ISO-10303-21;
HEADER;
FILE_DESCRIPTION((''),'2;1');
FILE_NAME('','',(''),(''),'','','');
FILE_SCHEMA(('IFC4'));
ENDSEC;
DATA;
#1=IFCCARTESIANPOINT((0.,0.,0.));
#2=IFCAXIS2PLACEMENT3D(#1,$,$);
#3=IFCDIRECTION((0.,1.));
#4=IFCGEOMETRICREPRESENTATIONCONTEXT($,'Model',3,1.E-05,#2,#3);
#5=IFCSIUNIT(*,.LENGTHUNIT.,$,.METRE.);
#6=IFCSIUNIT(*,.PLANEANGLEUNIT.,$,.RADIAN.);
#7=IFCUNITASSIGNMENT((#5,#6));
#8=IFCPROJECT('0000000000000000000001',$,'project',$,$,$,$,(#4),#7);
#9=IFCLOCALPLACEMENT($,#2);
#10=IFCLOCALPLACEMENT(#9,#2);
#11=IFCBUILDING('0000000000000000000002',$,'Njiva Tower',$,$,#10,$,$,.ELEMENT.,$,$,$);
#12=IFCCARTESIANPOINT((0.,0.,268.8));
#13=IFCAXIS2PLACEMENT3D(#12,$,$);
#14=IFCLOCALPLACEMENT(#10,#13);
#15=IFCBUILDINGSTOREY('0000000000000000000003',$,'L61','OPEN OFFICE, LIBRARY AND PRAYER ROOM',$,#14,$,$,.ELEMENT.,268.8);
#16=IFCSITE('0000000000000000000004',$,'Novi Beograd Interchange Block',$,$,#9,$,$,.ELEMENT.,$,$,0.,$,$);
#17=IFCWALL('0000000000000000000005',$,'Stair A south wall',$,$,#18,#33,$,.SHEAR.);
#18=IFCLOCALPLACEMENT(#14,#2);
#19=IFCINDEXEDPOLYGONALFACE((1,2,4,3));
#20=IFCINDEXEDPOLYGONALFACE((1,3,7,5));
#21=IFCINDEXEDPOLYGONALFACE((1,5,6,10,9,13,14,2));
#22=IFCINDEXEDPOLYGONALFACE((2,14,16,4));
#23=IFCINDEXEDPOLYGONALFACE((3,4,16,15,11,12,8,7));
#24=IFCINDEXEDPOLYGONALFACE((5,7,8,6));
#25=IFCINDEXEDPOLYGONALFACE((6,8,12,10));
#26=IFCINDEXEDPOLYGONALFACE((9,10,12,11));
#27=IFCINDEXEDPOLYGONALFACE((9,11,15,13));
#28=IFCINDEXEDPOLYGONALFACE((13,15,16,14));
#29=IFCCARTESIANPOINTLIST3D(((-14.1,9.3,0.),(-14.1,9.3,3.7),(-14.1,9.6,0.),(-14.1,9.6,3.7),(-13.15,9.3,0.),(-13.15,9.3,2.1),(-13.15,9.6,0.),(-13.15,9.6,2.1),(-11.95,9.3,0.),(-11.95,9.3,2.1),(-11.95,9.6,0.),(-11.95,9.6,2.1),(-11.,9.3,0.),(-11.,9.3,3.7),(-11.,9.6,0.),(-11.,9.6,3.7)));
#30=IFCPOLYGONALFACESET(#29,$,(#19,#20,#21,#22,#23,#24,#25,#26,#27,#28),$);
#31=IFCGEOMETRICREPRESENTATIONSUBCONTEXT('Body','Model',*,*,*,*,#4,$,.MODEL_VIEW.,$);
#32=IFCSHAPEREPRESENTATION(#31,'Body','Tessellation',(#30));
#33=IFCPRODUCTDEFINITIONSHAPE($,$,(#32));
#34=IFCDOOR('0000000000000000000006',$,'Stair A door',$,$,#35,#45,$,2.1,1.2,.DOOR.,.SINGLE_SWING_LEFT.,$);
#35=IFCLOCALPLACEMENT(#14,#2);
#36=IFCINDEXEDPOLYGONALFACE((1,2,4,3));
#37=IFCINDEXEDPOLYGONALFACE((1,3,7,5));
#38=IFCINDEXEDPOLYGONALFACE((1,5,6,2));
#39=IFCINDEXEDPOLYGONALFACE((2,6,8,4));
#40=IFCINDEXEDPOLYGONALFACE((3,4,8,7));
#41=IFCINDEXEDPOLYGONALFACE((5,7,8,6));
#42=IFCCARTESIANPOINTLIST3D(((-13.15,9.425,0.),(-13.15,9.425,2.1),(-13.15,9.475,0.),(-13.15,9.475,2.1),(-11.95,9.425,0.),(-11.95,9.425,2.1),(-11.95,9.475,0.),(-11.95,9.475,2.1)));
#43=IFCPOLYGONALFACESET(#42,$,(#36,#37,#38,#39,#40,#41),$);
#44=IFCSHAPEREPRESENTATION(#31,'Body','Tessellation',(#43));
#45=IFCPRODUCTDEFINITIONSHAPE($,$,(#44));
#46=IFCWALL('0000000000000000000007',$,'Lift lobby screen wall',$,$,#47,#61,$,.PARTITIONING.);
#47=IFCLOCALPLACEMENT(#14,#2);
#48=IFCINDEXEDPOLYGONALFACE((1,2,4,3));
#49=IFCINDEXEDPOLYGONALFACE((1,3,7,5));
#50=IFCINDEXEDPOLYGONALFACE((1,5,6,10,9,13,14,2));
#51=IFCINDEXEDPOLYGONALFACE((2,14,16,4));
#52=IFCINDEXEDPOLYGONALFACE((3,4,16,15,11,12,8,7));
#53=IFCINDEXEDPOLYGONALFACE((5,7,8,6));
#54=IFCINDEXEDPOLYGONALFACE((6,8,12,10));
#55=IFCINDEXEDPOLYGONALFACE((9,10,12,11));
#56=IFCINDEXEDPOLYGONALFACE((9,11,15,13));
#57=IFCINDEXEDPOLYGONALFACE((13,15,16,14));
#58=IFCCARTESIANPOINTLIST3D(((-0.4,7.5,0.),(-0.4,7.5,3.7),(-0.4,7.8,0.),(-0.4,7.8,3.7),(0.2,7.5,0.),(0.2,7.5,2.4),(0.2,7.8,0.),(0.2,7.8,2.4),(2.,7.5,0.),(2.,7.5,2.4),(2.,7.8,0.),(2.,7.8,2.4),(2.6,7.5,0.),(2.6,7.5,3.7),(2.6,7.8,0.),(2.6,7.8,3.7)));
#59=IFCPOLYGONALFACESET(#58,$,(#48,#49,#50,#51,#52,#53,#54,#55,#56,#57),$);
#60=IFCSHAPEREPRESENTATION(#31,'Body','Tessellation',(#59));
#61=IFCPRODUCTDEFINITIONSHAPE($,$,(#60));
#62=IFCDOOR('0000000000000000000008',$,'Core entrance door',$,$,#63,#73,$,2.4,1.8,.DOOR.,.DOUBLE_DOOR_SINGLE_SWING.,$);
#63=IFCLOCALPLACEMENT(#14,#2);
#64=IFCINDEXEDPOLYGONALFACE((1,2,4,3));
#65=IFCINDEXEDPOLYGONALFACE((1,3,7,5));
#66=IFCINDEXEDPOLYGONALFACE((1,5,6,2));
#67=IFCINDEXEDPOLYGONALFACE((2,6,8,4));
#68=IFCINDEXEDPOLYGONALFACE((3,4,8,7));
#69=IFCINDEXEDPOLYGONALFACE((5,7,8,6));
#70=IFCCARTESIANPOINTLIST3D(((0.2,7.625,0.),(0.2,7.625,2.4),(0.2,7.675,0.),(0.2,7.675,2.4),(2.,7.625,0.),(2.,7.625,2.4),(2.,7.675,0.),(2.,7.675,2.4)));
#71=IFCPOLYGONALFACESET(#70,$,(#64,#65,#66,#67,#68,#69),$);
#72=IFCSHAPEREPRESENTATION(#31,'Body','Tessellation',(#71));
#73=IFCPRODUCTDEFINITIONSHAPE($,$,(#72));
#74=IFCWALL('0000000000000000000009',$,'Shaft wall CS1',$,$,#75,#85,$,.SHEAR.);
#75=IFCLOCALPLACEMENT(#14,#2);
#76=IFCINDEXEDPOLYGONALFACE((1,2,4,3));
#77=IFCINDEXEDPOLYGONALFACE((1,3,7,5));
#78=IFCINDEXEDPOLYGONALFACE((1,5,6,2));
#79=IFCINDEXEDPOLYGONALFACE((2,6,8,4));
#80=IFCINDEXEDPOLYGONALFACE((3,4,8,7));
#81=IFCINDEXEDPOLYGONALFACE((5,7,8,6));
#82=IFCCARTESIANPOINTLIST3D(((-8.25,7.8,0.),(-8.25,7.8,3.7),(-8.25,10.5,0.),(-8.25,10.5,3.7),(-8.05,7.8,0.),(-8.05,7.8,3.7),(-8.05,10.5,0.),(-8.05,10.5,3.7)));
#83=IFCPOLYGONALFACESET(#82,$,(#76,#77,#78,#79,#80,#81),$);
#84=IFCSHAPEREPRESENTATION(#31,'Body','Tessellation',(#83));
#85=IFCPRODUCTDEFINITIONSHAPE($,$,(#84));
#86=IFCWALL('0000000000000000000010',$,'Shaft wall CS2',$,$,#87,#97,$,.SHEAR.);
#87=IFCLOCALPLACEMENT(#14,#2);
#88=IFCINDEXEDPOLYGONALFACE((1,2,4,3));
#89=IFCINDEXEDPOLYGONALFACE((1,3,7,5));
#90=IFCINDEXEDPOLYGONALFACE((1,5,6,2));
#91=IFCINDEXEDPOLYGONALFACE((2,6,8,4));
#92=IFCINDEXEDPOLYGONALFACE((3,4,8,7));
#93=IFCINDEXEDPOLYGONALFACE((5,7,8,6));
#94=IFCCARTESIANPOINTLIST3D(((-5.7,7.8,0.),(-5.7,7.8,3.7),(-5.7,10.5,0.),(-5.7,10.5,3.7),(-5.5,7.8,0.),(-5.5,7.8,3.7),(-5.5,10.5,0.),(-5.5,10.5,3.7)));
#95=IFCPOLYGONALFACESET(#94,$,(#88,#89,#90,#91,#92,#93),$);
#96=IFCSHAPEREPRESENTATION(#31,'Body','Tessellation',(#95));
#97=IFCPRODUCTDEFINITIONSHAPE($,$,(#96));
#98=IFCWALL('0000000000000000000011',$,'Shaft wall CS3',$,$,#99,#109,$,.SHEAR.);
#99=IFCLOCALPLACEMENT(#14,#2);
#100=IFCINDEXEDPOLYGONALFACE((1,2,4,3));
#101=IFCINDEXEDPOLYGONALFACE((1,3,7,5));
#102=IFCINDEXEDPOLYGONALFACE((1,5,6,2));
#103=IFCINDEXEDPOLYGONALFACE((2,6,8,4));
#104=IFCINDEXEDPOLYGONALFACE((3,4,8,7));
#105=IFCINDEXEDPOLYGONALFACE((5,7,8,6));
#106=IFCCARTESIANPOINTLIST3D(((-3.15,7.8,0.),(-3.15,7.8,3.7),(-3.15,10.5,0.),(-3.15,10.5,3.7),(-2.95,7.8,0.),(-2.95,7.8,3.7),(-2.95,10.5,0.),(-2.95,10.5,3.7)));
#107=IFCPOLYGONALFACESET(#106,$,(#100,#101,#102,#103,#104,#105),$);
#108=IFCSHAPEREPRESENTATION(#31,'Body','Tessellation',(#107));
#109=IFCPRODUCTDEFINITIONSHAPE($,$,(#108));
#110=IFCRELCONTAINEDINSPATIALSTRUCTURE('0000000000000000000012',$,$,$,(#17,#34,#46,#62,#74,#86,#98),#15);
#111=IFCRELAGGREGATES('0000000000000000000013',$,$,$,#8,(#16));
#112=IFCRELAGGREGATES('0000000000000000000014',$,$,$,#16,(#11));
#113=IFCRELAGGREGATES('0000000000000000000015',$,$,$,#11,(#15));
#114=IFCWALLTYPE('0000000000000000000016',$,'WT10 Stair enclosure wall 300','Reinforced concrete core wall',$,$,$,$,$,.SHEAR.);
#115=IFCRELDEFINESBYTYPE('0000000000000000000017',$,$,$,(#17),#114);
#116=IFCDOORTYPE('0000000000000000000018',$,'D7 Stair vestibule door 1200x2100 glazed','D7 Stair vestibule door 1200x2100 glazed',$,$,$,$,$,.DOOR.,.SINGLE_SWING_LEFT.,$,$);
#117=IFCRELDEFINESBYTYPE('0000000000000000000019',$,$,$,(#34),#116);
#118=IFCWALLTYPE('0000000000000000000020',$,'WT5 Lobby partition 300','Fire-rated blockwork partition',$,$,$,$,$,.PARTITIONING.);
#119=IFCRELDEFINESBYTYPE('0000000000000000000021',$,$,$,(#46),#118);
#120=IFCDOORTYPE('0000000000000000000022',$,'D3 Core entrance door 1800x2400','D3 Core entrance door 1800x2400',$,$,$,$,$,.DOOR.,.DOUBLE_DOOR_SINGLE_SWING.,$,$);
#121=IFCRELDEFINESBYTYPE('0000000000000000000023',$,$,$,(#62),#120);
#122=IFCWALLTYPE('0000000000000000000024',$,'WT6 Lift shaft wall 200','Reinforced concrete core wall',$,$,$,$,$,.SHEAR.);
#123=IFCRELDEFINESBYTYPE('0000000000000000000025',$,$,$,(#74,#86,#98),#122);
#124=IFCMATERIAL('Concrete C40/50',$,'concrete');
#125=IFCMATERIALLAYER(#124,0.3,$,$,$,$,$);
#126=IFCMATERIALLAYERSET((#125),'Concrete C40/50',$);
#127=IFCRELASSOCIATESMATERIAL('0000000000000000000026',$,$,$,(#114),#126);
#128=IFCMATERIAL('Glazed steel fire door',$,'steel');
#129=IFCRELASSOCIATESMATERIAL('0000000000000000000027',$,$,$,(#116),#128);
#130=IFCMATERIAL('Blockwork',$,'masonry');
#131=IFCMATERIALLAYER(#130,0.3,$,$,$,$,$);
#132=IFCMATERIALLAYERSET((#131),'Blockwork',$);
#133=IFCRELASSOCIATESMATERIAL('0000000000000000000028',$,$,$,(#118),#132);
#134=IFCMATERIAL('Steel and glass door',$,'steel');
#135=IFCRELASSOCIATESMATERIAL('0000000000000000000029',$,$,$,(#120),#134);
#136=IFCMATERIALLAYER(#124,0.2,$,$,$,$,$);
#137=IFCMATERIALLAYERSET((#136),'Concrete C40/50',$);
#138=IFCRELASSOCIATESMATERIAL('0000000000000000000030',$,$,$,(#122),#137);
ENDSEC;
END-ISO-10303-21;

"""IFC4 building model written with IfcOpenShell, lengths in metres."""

from ifc_helpers import new_model, si_unit, direction, frame, frame_2d, origin, place, context, subcontext, project, spatial, rectangle, extrude, material, layer, layer_set, type_object, element, fill, save


model = new_model("IFC4")

# Units and contexts
model_context = context("Model", 3, precision=1e-05, world=origin(), true_north=direction((0.0, 1.0)))
body_context = subcontext(model_context, "Body", "Model", "MODEL_VIEW")
ifc_project = project(units=[si_unit("LENGTHUNIT", "METRE"), si_unit("PLANEANGLEUNIT", "RADIAN")], contexts=[model_context])

# Site, building, storey
site_placement = place(None, origin())
site = spatial("IfcSite", under=ifc_project, at=site_placement, Name="Novi Beograd Interchange Block", CompositionType="ELEMENT", RefElevation=0.0)
building_placement = place(site_placement, origin())
building = spatial("IfcBuilding", under=site, at=building_placement, Name="Njiva Tower", CompositionType="ELEMENT")
storey_placement = place(building_placement, frame((0.0, 0.0, 268.8)))
storey = spatial("IfcBuildingStorey", under=building, at=storey_placement, Name="L61", Description="OPEN OFFICE, LIBRARY AND PRAYER ROOM", CompositionType="ELEMENT", Elevation=268.8)

# Shared definitions
ifc_material_1 = material(Name="Blockwork", Category="masonry")

# Shared definitions
ifc_material_2 = material(Name="Concrete C40/50", Category="concrete")
ifc_layer_1 = layer(ifc_material_2, 0.3)
ifc_layer_set_1 = layer_set([ifc_layer_1], Name="Concrete C40/50")
wall_type_1 = type_object("IfcWallType", Name="WT10 Stair enclosure wall 300", Description="Reinforced concrete core wall", PredefinedType="SHEAR", material=ifc_layer_set_1)
ifc_material_3 = material(Name="Glazed steel fire door", Category="steel")

# Walls, openings, doors
wall_1_placement = place(storey_placement, frame((-14.1, 9.45, 0.0), z_axis=(0.0, 0.0, 1.0), x_axis=(1.0, 0.0, 0.0)))
wall_1 = element("IfcWall", 1, at=wall_1_placement, inside=storey, type_object=wall_type_1, Name="Stair A south wall", PredefinedType="SHEAR", context=body_context, shape_type="SweptSolid", body=[
    extrude(rectangle(XDim=3.1, YDim=0.3, at=frame_2d((1.55, 0.0))), origin(), (0.0, 0.0, 1.0), 3.7),
])
opening_1_placement = place(wall_1_placement, frame((0.95, 0.0, 0.0)))
opening_1 = element("IfcOpeningElement", 2, at=opening_1_placement, cuts=wall_1, PredefinedType="OPENING", context=body_context, shape_type="SweptSolid", body=[
    extrude(rectangle(XDim=1.2, YDim=2.1, at=frame_2d((0.6, 1.05))), frame((0.0, 0.16, 0.0), z_axis=(0.0, -1.0, 0.0), x_axis=(1.0, 0.0, 0.0)), (0.0, 0.0, 1.0), 0.32),
])
door_type_1 = type_object("IfcDoorType", Name="D7 Stair vestibule door 1200x2100 glazed", Description="D7 Stair vestibule door 1200x2100 glazed", OperationType="SINGLE_SWING_LEFT", PredefinedType="DOOR", material=ifc_material_3)
door_1_placement = place(opening_1_placement, origin())
door_1 = element("IfcDoor", 3, at=door_1_placement, inside=storey, type_object=door_type_1, Name="Stair A door", OperationType="SINGLE_SWING_LEFT", OverallHeight=2.1, OverallWidth=1.2, PredefinedType="DOOR", context=body_context, shape_type="SweptSolid", body=[
    extrude(rectangle(XDim=1.2, YDim=2.1, at=frame_2d((0.6, 1.05))), frame((0.0, 0.025, 0.0), z_axis=(0.0, -1.0, 0.0), x_axis=(1.0, 0.0, 0.0)), (0.0, 0.0, 1.0), 0.05),
])
fill(opening_1, door_1)
ifc_layer_2 = layer(ifc_material_1, 0.3)
ifc_layer_set_2 = layer_set([ifc_layer_2], Name="Blockwork")
wall_type_2 = type_object("IfcWallType", Name="WT5 Lobby partition 300", Description="Fire-rated blockwork partition", PredefinedType="PARTITIONING", material=ifc_layer_set_2)
wall_2_placement = place(storey_placement, frame((-0.4, 7.65, 0.0), z_axis=(0.0, 0.0, 1.0), x_axis=(1.0, 0.0, 0.0)))
wall_2 = element("IfcWall", 4, at=wall_2_placement, inside=storey, type_object=wall_type_2, Name="Lift lobby screen wall", PredefinedType="PARTITIONING", context=body_context, shape_type="SweptSolid", body=[
    extrude(rectangle(XDim=3.0, YDim=0.3, at=frame_2d((1.5, 0.0))), origin(), (0.0, 0.0, 1.0), 3.7),
])
opening_2_placement = place(wall_2_placement, frame((0.6, 0.0, 0.0)))
opening_2 = element("IfcOpeningElement", 5, at=opening_2_placement, cuts=wall_2, PredefinedType="OPENING", context=body_context, shape_type="SweptSolid", body=[
    extrude(rectangle(XDim=1.8, YDim=2.4, at=frame_2d((0.9, 1.2))), frame((0.0, 0.16, 0.0), z_axis=(0.0, -1.0, 0.0), x_axis=(1.0, 0.0, 0.0)), (0.0, 0.0, 1.0), 0.32),
])
ifc_material_4 = material(Name="Steel and glass door", Category="steel")
door_type_2 = type_object("IfcDoorType", Name="D3 Core entrance door 1800x2400", Description="D3 Core entrance door 1800x2400", OperationType="DOUBLE_DOOR_SINGLE_SWING", PredefinedType="DOOR", material=ifc_material_4)
door_2_placement = place(opening_2_placement, origin())
door_2 = element("IfcDoor", 6, at=door_2_placement, inside=storey, type_object=door_type_2, Name="Core entrance door", OperationType="DOUBLE_DOOR_SINGLE_SWING", OverallHeight=2.4, OverallWidth=1.8, PredefinedType="DOOR", context=body_context, shape_type="SweptSolid", body=[
    extrude(rectangle(XDim=1.8, YDim=2.4, at=frame_2d((0.9, 1.2))), frame((0.0, 0.025, 0.0), z_axis=(0.0, -1.0, 0.0), x_axis=(1.0, 0.0, 0.0)), (0.0, 0.0, 1.0), 0.05),
])
fill(opening_2, door_2)

# Walls
ifc_layer_3 = layer(ifc_material_2, 0.2)
ifc_layer_set_3 = layer_set([ifc_layer_3], Name="Concrete C40/50")
wall_type_3 = type_object("IfcWallType", Name="WT6 Lift shaft wall 200", Description="Reinforced concrete core wall", PredefinedType="SHEAR", material=ifc_layer_set_3)
for number, where, z_axis, x_axis, name in (
    (7, (-8.15, 7.8, 0.0), (0.0, 0.0, 1.0), (0.0, 1.0, 0.0), "Shaft wall CS1"),
    (8, (-5.6, 7.8, 0.0), (0.0, 0.0, 1.0), (0.0, 1.0, 0.0), "Shaft wall CS2"),
    (9, (-3.05, 7.8, 0.0), (0.0, 0.0, 1.0), (0.0, 1.0, 0.0), "Shaft wall CS3"),
):
    element("IfcWall", number, at=place(storey_placement, frame(where, z_axis=z_axis, x_axis=x_axis)), inside=storey, type_object=wall_type_3, Name=name, PredefinedType="SHEAR", context=body_context, shape_type="SweptSolid", body=[
        extrude(rectangle(XDim=2.7, YDim=0.2, at=frame_2d((1.35, 0.0))), origin(), (0.0, 0.0, 1.0), 3.7),
    ])

save(model, "model.ifc")
